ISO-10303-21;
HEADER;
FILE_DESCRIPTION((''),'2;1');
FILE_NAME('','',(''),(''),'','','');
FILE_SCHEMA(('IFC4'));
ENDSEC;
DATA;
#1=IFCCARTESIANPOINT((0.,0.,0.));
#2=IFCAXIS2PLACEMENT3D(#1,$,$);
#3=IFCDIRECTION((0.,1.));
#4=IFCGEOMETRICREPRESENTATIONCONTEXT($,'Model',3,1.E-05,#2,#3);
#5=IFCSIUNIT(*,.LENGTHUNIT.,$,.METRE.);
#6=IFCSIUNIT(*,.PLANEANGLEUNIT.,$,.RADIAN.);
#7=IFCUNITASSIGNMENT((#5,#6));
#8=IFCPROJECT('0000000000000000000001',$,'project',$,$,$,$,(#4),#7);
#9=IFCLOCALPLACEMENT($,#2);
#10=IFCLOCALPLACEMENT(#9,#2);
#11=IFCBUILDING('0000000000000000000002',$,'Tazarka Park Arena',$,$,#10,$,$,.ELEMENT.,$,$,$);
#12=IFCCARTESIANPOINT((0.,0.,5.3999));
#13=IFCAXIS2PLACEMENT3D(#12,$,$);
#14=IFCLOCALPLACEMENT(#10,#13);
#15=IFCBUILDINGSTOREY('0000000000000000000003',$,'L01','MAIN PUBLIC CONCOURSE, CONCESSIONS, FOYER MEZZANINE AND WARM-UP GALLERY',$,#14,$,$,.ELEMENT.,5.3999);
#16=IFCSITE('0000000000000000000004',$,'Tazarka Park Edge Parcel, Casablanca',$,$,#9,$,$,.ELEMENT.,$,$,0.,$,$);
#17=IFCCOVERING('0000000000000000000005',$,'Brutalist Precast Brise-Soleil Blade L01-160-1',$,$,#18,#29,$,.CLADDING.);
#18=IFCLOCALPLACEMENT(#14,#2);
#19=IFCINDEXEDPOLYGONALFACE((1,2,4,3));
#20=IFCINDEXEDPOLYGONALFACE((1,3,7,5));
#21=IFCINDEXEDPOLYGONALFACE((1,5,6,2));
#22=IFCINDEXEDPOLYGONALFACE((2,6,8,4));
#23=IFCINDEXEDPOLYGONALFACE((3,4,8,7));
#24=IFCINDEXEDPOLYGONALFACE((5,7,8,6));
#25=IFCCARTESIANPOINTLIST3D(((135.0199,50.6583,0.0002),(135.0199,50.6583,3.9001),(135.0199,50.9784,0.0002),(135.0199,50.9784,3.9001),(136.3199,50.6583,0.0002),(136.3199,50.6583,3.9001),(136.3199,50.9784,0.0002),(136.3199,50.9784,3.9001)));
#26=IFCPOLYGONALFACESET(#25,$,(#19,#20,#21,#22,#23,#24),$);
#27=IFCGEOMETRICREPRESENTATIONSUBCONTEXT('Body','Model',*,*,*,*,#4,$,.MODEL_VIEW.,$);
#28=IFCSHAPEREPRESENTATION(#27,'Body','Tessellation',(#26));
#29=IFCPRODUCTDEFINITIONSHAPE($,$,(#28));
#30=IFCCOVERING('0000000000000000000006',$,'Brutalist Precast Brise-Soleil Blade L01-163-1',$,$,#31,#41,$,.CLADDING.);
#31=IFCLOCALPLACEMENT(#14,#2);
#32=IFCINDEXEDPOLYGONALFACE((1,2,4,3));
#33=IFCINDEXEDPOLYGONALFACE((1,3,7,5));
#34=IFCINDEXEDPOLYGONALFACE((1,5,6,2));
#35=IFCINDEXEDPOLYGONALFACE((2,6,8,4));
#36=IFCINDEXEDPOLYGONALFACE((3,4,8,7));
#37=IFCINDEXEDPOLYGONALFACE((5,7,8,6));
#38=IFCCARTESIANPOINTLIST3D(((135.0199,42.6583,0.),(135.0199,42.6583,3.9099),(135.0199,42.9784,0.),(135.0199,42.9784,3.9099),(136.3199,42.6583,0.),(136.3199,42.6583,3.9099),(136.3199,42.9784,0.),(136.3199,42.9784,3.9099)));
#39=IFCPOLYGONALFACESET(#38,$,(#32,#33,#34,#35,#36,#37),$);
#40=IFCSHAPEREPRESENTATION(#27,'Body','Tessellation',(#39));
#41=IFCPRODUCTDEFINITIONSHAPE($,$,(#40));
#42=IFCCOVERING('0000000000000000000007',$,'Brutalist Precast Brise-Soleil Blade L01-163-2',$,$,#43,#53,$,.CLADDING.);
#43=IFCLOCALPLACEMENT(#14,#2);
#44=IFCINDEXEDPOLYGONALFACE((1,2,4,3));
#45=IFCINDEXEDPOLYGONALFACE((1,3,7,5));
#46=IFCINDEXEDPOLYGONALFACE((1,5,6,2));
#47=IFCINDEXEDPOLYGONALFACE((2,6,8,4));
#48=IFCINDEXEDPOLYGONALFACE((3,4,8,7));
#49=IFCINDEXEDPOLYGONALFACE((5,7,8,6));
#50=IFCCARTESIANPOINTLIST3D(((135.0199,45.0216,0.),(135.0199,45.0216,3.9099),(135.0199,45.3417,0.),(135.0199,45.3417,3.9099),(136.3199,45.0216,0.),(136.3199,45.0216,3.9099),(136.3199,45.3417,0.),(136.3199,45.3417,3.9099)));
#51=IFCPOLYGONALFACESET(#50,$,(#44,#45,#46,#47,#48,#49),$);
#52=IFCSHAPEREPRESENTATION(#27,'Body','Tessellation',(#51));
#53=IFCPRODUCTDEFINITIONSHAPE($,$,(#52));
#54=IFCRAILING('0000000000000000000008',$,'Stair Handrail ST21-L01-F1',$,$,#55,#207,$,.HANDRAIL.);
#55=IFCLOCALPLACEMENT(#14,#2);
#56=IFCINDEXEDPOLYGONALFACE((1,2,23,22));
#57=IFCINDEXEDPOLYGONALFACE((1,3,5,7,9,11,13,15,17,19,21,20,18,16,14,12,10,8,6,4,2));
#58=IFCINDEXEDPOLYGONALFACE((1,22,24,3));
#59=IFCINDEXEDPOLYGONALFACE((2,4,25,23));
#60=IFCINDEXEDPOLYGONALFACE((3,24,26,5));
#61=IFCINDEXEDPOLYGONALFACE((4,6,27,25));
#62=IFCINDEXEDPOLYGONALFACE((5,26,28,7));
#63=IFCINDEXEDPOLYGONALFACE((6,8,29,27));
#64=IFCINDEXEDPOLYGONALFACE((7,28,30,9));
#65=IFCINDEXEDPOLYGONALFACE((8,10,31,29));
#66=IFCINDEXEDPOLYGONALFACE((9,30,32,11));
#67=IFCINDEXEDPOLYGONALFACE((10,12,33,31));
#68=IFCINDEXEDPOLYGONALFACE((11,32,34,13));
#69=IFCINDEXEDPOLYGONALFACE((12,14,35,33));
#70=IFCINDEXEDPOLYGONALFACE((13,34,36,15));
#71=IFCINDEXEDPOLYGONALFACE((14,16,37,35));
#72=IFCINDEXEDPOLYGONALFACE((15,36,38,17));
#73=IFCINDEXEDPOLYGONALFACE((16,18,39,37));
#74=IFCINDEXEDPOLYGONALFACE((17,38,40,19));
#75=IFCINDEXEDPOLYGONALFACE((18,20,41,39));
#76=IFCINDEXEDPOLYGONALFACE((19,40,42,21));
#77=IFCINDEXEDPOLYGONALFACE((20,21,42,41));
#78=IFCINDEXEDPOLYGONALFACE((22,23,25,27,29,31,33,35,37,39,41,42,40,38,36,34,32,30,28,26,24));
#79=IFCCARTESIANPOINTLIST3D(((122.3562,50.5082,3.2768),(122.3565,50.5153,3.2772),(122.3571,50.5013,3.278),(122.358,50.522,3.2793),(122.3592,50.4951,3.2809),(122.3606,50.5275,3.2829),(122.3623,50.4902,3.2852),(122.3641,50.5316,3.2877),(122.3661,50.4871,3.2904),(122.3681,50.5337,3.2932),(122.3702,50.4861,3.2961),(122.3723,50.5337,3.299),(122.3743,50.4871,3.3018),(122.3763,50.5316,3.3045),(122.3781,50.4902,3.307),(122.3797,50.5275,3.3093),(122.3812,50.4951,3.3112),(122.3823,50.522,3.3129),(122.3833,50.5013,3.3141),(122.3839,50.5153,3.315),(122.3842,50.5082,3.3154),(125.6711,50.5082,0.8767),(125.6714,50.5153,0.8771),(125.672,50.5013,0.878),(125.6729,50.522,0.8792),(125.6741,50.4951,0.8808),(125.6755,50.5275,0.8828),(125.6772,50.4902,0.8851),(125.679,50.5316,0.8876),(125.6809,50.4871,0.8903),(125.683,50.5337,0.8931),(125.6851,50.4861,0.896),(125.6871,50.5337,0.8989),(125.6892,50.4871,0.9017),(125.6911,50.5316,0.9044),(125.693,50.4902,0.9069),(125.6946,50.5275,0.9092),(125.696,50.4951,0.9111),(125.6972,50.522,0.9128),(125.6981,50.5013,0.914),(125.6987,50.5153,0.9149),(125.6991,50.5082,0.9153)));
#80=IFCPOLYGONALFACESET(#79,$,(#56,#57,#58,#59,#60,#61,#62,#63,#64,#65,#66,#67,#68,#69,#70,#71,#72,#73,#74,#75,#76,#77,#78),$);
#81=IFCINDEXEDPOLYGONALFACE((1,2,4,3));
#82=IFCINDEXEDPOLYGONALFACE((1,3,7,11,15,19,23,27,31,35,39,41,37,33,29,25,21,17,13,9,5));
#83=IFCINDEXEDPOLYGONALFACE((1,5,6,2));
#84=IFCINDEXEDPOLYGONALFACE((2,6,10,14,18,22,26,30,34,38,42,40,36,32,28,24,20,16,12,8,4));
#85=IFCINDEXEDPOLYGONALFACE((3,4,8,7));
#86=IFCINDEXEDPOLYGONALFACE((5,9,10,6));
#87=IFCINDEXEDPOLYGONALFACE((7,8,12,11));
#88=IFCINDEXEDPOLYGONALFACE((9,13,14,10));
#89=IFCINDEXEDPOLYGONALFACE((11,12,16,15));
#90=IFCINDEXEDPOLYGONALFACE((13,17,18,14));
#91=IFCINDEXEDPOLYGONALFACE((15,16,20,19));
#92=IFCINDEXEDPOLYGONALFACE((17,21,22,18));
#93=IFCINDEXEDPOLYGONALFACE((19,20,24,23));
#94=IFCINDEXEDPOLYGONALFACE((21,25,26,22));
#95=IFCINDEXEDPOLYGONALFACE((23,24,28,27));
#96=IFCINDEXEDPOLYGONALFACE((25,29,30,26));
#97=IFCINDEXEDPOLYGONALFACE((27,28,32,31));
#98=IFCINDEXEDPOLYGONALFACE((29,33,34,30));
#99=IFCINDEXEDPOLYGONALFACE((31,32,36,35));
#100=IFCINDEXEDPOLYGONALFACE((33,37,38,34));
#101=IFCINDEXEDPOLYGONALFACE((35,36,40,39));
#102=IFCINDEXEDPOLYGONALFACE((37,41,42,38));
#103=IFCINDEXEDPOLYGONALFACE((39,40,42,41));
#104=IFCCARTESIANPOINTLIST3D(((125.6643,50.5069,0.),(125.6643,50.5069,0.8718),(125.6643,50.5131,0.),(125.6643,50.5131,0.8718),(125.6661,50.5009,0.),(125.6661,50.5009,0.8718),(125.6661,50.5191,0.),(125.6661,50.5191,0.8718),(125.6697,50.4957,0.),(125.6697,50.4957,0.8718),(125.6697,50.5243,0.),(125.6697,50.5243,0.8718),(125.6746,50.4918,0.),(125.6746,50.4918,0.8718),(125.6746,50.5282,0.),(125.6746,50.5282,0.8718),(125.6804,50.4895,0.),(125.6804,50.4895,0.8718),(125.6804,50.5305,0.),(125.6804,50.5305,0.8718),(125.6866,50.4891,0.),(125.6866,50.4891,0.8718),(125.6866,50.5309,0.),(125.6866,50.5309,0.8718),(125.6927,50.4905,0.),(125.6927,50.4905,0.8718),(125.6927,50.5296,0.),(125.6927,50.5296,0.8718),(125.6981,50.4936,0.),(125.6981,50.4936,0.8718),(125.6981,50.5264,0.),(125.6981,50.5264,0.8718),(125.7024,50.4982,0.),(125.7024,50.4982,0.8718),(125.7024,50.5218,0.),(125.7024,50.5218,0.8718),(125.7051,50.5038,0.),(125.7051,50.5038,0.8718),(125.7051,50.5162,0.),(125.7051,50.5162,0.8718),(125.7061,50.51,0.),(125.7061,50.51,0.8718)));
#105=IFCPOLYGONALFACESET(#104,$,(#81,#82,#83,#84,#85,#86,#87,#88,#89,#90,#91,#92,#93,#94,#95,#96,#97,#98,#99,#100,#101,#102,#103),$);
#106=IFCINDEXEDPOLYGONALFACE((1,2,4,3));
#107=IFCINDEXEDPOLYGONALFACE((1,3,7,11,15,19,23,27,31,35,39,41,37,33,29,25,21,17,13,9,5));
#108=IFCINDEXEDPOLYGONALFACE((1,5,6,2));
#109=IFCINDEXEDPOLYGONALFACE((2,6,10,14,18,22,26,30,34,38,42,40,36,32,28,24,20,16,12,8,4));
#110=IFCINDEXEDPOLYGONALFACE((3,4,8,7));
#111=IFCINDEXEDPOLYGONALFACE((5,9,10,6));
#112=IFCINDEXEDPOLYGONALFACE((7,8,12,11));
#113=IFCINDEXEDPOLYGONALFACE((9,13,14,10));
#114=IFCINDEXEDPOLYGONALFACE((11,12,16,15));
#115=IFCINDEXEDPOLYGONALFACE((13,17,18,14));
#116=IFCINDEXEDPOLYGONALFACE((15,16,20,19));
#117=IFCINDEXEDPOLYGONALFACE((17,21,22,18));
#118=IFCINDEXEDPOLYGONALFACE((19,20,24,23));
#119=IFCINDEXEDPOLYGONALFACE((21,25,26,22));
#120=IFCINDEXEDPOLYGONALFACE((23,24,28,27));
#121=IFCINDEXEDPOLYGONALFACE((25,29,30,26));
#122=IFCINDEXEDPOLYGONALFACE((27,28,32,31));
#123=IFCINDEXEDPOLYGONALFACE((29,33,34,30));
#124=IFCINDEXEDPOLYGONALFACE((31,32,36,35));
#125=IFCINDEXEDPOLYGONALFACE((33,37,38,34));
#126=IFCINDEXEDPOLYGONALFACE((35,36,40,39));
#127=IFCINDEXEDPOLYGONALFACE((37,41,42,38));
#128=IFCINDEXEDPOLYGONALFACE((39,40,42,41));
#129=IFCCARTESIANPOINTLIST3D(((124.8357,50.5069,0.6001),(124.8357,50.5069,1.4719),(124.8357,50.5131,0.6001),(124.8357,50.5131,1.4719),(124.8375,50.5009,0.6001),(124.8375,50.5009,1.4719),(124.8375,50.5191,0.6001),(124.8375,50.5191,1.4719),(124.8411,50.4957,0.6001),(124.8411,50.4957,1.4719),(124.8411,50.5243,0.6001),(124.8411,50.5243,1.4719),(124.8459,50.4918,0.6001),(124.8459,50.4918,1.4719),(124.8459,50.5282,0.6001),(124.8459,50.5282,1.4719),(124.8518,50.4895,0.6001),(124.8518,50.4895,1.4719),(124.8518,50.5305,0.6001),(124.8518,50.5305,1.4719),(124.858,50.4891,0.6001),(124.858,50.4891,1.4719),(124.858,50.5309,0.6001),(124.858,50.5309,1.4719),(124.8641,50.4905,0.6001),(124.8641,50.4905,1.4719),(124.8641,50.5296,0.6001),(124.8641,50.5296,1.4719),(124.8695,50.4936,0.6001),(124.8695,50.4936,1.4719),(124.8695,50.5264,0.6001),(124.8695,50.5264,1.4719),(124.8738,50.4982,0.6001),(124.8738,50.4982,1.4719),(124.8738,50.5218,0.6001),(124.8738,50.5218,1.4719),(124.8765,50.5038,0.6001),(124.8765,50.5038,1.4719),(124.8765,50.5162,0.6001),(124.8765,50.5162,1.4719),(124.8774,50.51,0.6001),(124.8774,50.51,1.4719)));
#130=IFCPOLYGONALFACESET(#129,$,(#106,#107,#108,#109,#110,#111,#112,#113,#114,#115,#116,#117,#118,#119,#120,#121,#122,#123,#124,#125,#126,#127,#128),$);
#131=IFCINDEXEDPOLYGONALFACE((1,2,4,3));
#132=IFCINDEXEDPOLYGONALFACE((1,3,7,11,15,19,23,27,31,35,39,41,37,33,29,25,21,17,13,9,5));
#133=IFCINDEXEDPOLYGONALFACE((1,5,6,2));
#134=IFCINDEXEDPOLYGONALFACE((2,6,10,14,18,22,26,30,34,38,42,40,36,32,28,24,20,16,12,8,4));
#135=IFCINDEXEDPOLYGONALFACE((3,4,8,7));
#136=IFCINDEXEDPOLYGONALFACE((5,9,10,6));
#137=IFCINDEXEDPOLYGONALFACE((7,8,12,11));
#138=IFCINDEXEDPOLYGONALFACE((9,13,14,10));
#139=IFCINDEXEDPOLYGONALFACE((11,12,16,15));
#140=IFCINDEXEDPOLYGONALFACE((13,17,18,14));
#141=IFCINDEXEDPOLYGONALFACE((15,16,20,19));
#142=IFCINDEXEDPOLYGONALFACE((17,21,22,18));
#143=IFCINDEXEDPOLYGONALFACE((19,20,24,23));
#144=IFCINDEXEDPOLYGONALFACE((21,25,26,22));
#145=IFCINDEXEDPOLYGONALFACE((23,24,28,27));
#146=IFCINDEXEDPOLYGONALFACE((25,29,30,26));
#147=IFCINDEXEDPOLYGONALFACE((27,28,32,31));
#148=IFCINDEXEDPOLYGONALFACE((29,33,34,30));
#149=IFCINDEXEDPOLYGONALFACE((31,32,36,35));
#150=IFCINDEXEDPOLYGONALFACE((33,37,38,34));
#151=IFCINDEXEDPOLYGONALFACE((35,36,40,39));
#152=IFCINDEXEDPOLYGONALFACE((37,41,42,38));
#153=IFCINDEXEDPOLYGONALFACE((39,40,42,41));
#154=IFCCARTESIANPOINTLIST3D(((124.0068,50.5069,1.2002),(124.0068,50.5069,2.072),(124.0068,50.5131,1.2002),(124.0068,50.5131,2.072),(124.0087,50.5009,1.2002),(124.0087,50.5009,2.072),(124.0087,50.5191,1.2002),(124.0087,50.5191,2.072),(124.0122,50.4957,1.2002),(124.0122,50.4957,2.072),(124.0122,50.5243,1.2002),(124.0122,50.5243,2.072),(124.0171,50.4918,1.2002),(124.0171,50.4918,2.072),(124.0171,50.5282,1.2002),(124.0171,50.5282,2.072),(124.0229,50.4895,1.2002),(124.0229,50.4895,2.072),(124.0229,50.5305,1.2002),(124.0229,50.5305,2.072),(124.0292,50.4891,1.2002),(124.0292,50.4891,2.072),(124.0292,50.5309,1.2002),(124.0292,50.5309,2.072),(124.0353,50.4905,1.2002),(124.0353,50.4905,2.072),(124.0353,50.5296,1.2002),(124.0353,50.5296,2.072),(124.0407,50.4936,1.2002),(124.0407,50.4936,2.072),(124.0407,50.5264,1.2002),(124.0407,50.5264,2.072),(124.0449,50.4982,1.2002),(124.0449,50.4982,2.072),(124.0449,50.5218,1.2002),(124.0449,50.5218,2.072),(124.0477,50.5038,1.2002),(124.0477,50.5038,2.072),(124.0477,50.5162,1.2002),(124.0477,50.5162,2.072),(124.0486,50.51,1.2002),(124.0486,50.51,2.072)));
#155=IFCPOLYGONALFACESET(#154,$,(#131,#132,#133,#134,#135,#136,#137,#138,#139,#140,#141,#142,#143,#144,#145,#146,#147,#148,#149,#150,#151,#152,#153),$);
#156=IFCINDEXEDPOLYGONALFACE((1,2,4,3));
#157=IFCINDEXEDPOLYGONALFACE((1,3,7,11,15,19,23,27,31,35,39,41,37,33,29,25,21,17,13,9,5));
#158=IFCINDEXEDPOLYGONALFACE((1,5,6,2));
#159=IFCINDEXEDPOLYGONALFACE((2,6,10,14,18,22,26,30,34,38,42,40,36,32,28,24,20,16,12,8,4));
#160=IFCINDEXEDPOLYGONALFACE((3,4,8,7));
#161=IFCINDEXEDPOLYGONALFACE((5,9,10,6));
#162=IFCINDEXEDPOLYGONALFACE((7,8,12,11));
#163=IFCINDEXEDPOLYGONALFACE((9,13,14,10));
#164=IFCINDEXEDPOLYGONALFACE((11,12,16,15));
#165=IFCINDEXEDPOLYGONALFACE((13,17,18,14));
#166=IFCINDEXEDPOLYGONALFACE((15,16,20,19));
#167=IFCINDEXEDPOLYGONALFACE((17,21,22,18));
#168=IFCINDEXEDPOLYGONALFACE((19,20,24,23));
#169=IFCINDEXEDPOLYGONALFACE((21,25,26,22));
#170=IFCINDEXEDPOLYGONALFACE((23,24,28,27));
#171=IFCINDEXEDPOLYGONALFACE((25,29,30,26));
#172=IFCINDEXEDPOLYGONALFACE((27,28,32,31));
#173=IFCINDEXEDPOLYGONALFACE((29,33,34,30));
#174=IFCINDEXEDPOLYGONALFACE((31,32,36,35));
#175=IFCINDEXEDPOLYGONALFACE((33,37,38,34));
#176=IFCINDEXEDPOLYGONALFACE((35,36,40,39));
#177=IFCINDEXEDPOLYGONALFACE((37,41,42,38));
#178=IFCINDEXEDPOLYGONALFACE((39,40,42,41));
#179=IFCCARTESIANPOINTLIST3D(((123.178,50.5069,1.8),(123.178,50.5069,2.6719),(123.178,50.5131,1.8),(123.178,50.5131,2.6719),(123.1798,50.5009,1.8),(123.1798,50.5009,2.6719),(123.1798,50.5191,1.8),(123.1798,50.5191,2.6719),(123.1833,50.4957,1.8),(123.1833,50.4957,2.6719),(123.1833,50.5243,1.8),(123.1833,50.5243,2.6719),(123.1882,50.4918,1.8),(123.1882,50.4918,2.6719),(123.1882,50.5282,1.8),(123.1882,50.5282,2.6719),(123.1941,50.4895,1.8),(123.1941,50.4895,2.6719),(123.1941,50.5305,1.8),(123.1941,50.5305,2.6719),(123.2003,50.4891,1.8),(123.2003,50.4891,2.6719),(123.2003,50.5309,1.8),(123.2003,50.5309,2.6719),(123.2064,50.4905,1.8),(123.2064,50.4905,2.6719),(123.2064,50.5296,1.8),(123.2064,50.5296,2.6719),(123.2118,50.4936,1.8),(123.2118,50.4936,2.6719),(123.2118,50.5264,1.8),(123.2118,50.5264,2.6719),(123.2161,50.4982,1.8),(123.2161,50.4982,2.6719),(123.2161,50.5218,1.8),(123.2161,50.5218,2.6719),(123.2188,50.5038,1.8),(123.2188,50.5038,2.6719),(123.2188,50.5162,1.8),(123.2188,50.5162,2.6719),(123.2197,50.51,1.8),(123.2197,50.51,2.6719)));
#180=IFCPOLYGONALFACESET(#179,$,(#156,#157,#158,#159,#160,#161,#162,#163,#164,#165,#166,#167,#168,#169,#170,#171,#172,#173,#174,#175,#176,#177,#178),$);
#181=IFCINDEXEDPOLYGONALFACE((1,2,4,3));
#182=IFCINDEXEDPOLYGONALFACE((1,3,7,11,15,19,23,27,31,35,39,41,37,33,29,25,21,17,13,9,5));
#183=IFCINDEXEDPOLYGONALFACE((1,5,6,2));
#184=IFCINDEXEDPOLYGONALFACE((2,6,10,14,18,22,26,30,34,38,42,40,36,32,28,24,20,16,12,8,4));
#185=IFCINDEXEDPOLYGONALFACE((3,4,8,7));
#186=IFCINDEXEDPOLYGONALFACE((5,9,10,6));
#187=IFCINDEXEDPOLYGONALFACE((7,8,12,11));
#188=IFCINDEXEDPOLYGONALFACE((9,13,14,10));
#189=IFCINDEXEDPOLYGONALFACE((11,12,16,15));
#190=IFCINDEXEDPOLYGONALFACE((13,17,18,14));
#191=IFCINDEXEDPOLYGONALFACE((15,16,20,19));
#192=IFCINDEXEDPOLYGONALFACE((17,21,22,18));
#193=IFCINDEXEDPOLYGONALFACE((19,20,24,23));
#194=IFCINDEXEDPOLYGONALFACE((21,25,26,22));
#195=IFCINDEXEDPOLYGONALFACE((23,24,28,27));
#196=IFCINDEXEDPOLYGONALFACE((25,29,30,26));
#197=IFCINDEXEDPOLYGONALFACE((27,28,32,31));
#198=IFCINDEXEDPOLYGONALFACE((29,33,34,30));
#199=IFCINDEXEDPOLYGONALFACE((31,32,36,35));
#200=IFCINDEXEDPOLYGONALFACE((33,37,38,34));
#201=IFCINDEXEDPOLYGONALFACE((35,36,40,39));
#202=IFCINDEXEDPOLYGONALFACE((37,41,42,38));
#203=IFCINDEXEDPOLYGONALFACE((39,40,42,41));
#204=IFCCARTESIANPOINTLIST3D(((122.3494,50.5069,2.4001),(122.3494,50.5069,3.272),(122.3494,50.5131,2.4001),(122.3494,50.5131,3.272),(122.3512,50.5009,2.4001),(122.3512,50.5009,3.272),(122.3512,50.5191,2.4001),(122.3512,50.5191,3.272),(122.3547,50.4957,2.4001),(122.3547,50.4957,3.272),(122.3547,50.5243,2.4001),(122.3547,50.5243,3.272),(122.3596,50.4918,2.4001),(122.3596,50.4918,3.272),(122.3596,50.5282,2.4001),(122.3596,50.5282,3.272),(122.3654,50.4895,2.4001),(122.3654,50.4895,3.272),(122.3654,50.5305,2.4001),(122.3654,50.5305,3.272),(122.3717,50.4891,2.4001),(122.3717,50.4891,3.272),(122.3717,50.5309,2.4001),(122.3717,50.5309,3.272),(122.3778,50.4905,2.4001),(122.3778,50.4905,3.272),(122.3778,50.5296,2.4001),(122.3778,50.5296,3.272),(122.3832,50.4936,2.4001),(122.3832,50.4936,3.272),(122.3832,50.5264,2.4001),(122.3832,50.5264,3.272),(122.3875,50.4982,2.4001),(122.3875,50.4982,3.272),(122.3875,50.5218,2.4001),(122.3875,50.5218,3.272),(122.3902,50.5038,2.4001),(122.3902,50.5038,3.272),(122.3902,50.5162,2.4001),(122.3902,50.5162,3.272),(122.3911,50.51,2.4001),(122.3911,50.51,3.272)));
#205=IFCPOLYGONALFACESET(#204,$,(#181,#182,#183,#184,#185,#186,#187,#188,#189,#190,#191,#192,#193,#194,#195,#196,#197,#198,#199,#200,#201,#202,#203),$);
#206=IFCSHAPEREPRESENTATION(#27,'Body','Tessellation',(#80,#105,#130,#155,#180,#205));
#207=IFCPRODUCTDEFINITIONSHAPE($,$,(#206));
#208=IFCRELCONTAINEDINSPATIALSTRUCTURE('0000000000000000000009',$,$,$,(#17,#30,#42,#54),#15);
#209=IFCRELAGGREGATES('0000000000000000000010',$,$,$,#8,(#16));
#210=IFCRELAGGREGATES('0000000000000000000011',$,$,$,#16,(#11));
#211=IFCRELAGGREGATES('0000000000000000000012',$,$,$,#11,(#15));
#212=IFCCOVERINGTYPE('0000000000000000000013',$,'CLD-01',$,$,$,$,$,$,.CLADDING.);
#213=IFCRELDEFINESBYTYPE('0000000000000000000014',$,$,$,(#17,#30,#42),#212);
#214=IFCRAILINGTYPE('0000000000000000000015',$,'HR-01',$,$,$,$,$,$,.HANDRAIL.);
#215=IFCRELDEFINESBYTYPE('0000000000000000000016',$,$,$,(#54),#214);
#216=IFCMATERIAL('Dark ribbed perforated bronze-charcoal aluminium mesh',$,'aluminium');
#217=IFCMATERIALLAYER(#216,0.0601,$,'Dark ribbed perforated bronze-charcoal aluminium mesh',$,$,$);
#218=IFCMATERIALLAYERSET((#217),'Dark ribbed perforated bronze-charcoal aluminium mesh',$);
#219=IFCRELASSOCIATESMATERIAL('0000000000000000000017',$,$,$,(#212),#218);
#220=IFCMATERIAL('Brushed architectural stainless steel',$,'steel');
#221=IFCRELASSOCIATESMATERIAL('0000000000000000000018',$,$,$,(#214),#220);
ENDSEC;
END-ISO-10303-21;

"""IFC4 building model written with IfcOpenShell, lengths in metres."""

from ifc_helpers import new_model, si_unit, direction, frame, origin, origin_2d, place, context, subcontext, project, spatial, rectangle, circle, extrude, material, layer, layer_set, type_object, element, save


model = new_model("IFC4")

# Units and contexts
model_context = context("Model", 3, precision=1e-05, world=origin(), true_north=direction((0.0, 1.0)))
body_context = subcontext(model_context, "Body", "Model", "MODEL_VIEW")
ifc_project = project(units=[si_unit("LENGTHUNIT", "METRE"), si_unit("PLANEANGLEUNIT", "RADIAN")], contexts=[model_context])

# Site, building, storey
site_placement = place(None, origin())
site = spatial("IfcSite", under=ifc_project, at=site_placement, Name="Tazarka Park Edge Parcel, Casablanca", CompositionType="ELEMENT", RefElevation=0.0)
building_placement = place(site_placement, origin())
building = spatial("IfcBuilding", under=site, at=building_placement, Name="Tazarka Park Arena", CompositionType="ELEMENT")
storey_placement = place(building_placement, frame((0.0, 0.0, 5.3999)))
storey = spatial("IfcBuildingStorey", under=building, at=storey_placement, Name="L01", Description="MAIN PUBLIC CONCOURSE, CONCESSIONS, FOYER MEZZANINE AND WARM-UP GALLERY", CompositionType="ELEMENT", Elevation=5.3999)

# Coverings
ifc_material_1 = material(Name="Dark ribbed perforated bronze-charcoal aluminium mesh", Category="aluminium")
ifc_layer_1 = layer(ifc_material_1, 0.0601, Name="Dark ribbed perforated bronze-charcoal aluminium mesh")
ifc_layer_set_1 = layer_set([ifc_layer_1], Name="Dark ribbed perforated bronze-charcoal aluminium mesh")
covering_type = type_object("IfcCoveringType", Name="CLD-01", PredefinedType="CLADDING", material=ifc_layer_set_1)
covering_1_placement = place(storey_placement, frame((135.6699, 50.8184, 0.0002), z_axis=(0.0, 0.0, 1.0), x_axis=(0.0, 1.0, 0.0)))
element("IfcCovering", 1, at=covering_1_placement, inside=storey, type_object=covering_type, Name="Brutalist Precast Brise-Soleil Blade L01-160-1", PredefinedType="CLADDING", context=body_context, shape_type="SweptSolid", body=[
    extrude(rectangle(XDim=0.3201, YDim=1.3, at=origin_2d()), origin(), (0.0, 0.0, 1.0), 3.8999),
])
for number, where, z_axis, x_axis, name in (
    (2, (135.6699, 42.8184, 0.0), (0.0, 0.0, 1.0), (0.0, 1.0, 0.0), "Brutalist Precast Brise-Soleil Blade L01-163-1"),
    (3, (135.6699, 45.1816, 0.0), (0.0, 0.0, 1.0), (0.0, 1.0, 0.0), "Brutalist Precast Brise-Soleil Blade L01-163-2"),
):
    element("IfcCovering", number, at=place(storey_placement, frame(where, z_axis=z_axis, x_axis=x_axis)), inside=storey, type_object=covering_type, Name=name, PredefinedType="CLADDING", context=body_context, shape_type="SweptSolid", body=[
        extrude(rectangle(XDim=0.3201, YDim=1.3, at=origin_2d()), origin(), (0.0, 0.0, 1.0), 3.9099),
    ])

# Railing
ifc_material_2 = material(Name="Brushed architectural stainless steel", Category="steel")
railing_type_1 = type_object("IfcRailingType", Name="HR-01", PredefinedType="HANDRAIL", material=ifc_material_2)
railing_placement = place(storey_placement, frame((125.6851, 50.51, 0.0)))
element("IfcRailing", 4, at=railing_placement, inside=storey, type_object=railing_type_1, Name="Stair Handrail ST21-L01-F1", PredefinedType="HANDRAIL", context=body_context, shape_type="SweptSolid", body=[
    extrude(circle(Radius=0.0239, at=origin_2d()), frame((0.0, 0.0, 0.896), z_axis=(-0.80998, 0.0, 0.586457), x_axis=(0.0, -1.0, 0.0)), (0.0, 0.0, 1.0), 4.0925),
    extrude(circle(Radius=0.021, at=origin_2d()), origin(), (0.0, 0.0, 1.0), 0.8718),
    extrude(circle(Radius=0.021, at=origin_2d()), frame((-0.8286, 0.0, 0.6001)), (0.0, 0.0, 1.0), 0.8718),
    extrude(circle(Radius=0.021, at=origin_2d()), frame((-1.6575, 0.0, 1.2002)), (0.0, 0.0, 1.0), 0.8718),
    extrude(circle(Radius=0.021, at=origin_2d()), frame((-2.4863, 0.0, 1.8)), (0.0, 0.0, 1.0), 0.8718),
    extrude(circle(Radius=0.021, at=origin_2d()), frame((-3.3149, 0.0, 2.4001)), (0.0, 0.0, 1.0), 0.8718),
])

save(model, "model.ifc")
